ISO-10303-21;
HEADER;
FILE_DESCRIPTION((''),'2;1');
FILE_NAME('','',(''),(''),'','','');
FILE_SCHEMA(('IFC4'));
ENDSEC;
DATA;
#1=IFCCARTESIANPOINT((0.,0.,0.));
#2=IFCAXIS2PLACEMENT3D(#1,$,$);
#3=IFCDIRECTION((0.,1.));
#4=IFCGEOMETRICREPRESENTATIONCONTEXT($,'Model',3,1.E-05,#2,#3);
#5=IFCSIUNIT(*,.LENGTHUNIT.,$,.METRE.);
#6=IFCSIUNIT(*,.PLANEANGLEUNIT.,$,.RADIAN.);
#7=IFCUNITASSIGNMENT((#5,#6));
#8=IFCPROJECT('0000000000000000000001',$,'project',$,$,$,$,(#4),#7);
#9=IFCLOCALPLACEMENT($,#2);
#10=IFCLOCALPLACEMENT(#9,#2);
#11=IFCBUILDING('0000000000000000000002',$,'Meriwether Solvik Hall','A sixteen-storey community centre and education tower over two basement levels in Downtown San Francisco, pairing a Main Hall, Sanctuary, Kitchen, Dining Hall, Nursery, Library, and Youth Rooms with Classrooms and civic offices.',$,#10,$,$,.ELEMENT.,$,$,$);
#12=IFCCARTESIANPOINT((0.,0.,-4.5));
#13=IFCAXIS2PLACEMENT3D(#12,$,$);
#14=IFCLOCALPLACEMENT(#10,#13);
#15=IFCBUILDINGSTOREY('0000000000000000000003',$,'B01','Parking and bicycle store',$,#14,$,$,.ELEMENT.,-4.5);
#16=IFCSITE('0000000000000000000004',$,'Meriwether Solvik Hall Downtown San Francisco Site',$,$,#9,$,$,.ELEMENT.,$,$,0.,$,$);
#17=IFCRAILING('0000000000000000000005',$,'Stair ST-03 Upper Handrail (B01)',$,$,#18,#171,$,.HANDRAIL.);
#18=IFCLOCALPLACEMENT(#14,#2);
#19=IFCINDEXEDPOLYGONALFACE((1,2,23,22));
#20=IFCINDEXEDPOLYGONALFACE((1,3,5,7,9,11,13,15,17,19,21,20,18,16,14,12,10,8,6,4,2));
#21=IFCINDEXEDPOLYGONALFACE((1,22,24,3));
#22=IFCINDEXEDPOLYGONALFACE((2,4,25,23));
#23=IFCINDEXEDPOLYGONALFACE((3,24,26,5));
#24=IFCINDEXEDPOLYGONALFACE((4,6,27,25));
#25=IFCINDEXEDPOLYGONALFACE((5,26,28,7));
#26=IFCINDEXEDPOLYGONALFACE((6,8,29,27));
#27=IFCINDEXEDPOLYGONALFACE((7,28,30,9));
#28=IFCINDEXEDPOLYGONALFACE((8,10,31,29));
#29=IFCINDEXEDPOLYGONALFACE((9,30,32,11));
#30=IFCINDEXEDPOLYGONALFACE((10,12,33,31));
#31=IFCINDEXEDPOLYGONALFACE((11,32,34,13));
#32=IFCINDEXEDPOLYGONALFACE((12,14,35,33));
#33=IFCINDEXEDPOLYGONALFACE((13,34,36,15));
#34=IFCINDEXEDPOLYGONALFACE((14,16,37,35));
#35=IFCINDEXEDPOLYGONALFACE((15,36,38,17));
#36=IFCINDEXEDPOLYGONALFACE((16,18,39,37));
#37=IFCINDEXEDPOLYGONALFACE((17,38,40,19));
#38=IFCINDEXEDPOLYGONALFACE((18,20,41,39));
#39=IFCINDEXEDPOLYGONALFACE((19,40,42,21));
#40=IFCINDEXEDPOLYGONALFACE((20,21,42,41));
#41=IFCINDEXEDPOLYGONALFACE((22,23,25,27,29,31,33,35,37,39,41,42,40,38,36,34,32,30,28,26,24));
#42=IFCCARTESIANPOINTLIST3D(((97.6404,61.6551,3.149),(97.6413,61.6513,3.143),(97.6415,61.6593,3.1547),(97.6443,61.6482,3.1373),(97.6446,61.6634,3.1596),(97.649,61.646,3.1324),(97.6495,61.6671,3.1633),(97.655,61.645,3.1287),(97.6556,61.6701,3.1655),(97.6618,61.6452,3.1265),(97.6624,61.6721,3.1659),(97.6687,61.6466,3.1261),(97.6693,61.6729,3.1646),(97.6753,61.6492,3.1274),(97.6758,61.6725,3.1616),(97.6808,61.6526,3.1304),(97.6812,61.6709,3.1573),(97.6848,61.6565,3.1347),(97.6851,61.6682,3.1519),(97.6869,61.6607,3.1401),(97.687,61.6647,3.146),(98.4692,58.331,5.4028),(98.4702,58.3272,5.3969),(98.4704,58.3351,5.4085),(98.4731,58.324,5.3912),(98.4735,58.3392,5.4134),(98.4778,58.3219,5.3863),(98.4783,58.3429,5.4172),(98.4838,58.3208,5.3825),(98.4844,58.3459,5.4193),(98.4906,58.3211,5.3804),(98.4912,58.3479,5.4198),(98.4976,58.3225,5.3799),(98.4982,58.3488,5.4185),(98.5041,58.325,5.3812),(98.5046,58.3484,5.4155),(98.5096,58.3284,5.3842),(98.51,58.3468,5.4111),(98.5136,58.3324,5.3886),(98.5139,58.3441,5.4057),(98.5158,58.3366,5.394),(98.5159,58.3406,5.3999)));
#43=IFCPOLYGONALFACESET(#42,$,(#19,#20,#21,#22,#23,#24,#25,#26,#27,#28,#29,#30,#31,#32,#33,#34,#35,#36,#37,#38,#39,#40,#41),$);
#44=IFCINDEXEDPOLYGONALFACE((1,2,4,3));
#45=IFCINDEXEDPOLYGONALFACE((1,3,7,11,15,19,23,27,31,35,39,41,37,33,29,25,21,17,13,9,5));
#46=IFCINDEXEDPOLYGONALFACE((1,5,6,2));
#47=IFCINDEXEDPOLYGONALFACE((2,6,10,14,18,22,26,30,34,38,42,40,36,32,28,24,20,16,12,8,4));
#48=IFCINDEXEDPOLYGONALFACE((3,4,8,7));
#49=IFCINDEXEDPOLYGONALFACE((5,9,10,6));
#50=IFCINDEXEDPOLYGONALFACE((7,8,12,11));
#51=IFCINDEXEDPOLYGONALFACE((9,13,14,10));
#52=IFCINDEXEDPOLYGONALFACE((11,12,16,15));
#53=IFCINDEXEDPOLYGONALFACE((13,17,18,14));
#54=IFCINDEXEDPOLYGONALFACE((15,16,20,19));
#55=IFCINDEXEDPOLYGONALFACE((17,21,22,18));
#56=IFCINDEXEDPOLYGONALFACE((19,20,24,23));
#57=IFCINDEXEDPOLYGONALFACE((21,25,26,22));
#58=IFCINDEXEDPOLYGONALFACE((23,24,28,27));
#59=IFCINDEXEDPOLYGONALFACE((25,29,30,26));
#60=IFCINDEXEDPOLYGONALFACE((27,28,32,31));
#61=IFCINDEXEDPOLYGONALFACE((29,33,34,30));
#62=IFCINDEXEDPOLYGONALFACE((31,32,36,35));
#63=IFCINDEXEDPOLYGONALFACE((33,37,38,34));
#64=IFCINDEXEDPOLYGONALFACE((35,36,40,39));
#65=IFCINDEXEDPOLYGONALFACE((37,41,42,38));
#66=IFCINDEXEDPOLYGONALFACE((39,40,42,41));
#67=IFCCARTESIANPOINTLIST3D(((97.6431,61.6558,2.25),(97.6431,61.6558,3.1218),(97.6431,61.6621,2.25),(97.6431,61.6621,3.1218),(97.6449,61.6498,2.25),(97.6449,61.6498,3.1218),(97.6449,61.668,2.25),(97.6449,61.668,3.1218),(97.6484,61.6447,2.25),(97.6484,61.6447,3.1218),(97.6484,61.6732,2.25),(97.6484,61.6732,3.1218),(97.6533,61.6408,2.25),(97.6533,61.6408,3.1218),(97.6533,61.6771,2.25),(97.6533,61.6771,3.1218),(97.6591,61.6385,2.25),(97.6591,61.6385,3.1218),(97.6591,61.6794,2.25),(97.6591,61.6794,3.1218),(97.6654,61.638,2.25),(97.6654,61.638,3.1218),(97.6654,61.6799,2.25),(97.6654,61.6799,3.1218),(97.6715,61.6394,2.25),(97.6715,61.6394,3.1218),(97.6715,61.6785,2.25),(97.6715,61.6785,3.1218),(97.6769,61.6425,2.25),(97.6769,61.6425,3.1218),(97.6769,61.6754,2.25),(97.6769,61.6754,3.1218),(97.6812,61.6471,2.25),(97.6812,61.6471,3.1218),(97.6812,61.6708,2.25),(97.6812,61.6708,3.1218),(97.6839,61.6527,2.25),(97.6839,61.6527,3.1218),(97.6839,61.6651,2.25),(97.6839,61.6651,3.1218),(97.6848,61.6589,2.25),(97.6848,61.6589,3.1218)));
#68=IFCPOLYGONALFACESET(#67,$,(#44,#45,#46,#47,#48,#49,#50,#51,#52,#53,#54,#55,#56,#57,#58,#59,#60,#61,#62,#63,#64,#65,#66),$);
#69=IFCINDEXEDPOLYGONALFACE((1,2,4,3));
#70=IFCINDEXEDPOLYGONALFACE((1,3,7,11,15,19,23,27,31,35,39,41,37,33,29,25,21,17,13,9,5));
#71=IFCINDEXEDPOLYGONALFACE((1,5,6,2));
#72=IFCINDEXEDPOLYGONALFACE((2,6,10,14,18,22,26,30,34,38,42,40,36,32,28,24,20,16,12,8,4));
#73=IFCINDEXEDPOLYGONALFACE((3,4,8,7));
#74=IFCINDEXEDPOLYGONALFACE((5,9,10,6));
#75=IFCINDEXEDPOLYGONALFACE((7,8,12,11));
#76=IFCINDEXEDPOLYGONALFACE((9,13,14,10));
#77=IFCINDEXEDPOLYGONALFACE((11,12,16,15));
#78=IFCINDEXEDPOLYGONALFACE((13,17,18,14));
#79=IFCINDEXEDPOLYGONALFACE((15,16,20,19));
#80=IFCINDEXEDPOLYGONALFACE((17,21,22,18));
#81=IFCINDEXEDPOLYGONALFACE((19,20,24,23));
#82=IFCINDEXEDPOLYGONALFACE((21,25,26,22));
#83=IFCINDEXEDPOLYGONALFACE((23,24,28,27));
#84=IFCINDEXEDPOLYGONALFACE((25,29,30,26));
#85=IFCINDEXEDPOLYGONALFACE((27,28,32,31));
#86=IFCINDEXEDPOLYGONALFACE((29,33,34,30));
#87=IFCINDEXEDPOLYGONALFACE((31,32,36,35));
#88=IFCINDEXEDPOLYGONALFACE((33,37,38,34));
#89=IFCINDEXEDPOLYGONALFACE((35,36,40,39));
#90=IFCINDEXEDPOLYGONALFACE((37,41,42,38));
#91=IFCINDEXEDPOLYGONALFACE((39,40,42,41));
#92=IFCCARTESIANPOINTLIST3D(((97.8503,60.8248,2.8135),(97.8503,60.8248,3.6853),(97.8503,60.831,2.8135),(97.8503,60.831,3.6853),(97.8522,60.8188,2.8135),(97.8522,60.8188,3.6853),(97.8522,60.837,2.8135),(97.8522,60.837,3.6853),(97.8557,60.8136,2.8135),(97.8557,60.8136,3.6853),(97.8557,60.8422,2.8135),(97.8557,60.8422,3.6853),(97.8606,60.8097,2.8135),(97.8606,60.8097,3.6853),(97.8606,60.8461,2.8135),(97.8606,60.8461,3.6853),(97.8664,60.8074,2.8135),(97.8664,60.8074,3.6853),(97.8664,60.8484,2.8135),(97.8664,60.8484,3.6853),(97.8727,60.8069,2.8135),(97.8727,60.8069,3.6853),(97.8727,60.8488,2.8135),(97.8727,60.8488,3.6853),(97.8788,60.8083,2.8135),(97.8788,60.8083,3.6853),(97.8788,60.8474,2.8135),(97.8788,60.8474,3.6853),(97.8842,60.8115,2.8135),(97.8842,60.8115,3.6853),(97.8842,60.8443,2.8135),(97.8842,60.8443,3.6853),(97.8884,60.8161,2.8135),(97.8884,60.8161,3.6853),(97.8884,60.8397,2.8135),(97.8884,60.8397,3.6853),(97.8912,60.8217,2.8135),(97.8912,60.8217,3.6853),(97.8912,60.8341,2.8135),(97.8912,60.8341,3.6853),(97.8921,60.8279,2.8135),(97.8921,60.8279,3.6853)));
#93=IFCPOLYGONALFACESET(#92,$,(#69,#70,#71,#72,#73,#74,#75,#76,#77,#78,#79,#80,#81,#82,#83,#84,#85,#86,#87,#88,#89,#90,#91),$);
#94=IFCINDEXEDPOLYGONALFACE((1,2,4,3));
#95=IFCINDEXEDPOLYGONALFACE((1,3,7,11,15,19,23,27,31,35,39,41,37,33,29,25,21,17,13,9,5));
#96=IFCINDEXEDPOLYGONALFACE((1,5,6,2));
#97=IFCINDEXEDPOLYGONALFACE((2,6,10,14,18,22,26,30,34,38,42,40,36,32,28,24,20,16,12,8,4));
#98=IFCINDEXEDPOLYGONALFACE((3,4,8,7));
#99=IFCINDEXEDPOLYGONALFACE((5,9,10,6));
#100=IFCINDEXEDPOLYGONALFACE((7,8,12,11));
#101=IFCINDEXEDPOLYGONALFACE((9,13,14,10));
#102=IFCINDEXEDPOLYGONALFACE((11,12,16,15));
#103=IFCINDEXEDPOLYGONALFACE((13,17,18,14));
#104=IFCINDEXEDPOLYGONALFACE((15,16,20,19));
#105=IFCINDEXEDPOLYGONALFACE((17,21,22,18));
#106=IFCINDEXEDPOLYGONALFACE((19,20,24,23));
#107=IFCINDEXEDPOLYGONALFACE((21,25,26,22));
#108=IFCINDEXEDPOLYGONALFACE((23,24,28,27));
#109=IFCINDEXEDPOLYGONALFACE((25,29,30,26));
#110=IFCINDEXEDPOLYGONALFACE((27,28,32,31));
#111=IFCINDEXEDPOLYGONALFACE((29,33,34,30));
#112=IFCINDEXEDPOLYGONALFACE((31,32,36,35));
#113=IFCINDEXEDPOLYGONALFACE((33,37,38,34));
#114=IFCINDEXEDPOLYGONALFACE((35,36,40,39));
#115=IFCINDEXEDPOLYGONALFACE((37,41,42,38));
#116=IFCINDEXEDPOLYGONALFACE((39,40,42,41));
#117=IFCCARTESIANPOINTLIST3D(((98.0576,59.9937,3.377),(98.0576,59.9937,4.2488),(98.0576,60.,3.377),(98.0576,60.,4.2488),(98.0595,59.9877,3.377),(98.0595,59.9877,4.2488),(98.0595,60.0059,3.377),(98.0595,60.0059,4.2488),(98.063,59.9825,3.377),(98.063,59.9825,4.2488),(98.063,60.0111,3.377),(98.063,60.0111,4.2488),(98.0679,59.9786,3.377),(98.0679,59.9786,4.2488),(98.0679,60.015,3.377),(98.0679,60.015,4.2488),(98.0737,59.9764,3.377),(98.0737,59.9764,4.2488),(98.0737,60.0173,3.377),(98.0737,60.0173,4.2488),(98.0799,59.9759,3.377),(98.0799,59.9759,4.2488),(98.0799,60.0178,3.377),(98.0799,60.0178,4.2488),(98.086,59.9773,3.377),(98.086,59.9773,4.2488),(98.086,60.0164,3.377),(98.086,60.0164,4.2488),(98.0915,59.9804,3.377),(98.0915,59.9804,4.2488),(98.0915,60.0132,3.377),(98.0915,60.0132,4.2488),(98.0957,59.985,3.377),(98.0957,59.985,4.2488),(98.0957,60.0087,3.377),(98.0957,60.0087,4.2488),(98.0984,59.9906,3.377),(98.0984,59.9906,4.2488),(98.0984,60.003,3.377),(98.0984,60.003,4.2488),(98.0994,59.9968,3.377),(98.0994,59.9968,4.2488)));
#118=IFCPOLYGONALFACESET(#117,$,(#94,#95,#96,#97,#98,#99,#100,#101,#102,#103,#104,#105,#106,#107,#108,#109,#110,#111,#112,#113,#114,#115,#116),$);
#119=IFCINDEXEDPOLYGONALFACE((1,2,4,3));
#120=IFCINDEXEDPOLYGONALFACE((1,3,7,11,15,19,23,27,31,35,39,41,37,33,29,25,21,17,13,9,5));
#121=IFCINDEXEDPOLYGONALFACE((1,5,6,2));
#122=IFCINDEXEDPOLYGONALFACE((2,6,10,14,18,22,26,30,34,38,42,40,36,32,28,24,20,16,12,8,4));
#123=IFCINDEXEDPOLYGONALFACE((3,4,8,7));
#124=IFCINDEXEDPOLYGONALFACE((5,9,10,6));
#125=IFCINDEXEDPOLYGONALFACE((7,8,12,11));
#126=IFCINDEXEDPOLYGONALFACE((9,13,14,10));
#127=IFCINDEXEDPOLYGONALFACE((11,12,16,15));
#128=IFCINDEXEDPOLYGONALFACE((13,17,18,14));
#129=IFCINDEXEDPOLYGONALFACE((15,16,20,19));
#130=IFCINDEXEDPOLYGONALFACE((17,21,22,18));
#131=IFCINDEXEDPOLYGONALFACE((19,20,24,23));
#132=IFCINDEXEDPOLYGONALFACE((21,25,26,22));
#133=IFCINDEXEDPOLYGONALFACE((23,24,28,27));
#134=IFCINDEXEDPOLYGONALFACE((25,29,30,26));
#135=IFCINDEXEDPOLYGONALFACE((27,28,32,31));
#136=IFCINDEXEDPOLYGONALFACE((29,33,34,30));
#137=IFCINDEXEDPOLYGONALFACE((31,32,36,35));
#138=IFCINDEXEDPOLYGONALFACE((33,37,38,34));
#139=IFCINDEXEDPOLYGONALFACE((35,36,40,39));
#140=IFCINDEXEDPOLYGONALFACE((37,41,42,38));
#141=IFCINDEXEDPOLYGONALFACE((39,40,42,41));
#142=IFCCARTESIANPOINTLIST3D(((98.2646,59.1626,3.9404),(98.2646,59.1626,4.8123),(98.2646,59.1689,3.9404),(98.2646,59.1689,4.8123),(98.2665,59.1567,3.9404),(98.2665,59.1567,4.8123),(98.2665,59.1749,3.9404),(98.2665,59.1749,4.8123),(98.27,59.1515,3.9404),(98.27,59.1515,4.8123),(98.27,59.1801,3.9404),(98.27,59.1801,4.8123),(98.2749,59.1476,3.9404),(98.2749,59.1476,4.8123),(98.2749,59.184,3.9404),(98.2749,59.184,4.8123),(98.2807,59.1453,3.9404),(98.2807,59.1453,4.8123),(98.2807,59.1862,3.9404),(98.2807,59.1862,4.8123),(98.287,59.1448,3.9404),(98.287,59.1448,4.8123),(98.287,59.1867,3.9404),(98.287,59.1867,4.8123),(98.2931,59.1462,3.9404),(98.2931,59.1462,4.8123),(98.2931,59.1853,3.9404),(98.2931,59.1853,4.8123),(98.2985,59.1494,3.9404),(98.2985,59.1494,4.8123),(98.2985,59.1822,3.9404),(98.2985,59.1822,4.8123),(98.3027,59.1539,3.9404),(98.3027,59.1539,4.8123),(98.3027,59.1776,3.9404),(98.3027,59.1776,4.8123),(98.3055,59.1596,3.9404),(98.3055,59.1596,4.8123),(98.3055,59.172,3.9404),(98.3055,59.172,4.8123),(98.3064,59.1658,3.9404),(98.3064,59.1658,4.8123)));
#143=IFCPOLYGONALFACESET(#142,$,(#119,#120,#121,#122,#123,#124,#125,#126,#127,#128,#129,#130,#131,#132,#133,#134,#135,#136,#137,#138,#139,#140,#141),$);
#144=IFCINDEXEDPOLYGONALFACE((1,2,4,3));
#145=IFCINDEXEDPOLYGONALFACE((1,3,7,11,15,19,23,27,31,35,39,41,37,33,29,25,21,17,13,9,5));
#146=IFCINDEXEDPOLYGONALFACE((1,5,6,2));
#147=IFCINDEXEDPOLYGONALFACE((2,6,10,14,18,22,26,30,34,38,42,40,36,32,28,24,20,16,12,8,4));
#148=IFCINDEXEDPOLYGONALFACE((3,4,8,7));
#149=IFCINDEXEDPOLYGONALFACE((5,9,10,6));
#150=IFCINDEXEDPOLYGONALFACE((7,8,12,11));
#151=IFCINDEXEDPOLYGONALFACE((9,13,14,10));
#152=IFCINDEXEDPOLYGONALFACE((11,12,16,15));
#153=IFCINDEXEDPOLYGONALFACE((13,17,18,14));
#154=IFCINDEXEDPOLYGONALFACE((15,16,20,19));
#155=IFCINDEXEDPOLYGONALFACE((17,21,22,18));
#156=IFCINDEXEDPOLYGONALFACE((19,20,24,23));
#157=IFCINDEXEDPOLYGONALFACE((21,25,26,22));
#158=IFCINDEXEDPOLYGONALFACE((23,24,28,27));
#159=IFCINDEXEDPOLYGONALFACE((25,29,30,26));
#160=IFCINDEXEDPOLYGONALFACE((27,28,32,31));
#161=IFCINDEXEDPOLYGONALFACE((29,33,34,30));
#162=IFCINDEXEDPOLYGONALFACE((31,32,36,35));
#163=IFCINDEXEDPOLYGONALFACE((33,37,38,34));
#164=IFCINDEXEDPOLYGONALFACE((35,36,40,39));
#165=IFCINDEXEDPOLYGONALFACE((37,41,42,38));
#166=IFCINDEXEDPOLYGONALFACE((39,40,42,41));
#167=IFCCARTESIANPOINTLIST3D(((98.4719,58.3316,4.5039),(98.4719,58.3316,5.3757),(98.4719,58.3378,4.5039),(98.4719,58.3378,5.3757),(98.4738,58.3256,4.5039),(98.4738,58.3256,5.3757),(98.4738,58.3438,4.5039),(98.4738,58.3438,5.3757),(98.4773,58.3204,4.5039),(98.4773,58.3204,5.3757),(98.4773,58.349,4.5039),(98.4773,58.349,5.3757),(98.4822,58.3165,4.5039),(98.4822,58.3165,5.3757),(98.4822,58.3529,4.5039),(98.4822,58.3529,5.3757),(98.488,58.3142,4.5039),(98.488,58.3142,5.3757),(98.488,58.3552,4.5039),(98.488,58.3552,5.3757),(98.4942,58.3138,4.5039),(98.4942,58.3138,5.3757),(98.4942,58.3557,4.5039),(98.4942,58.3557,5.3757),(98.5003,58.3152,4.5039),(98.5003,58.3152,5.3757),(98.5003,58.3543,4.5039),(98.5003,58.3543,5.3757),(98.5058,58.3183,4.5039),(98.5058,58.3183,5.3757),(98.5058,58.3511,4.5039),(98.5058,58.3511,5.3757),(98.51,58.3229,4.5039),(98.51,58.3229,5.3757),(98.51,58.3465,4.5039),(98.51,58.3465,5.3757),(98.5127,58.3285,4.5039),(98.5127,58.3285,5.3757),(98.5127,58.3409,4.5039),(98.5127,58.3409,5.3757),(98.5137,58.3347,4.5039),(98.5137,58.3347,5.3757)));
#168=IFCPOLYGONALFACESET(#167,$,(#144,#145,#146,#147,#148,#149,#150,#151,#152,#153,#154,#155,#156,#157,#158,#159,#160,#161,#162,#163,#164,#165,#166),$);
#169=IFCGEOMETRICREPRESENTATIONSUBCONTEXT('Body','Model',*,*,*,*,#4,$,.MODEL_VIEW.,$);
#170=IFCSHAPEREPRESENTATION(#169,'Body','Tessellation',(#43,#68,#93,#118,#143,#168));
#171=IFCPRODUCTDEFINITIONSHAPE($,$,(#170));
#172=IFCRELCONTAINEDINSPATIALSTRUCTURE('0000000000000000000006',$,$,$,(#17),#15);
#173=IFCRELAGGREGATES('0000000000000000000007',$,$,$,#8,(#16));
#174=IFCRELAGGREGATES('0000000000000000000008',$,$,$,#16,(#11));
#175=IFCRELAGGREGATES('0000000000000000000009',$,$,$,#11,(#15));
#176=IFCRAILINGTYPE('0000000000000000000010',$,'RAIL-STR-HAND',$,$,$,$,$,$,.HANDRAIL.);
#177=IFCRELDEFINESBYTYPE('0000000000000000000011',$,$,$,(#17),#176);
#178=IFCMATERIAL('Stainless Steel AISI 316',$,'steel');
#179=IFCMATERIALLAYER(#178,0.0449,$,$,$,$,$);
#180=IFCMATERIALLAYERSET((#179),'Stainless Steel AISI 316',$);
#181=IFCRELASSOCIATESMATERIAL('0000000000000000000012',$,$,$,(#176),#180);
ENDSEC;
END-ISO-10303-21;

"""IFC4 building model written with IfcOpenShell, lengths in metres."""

from ifc_helpers import new_model, si_unit, direction, frame, origin, origin_2d, place, context, subcontext, project, spatial, circle, extrude, material, layer, layer_set, type_object, element, save


model = new_model("IFC4")

# Units and contexts
model_context = context("Model", 3, precision=1e-05, world=origin(), true_north=direction((0.0, 1.0)))
body_context = subcontext(model_context, "Body", "Model", "MODEL_VIEW")
ifc_project = project(units=[si_unit("LENGTHUNIT", "METRE"), si_unit("PLANEANGLEUNIT", "RADIAN")], contexts=[model_context])

# Site, building, storey
site_placement = place(None, origin())
site = spatial("IfcSite", under=ifc_project, at=site_placement, Name="Meriwether Solvik Hall Downtown San Francisco Site", CompositionType="ELEMENT", RefElevation=0.0)
building_placement = place(site_placement, origin())
building = spatial("IfcBuilding", under=site, at=building_placement, Name="Meriwether Solvik Hall", Description="A sixteen-storey community centre and education tower over two basement levels in Downtown San Francisco, pairing a Main Hall, Sanctuary, Kitchen, Dining Hall, Nursery, Library, and Youth Rooms with Classrooms and civic offices.", CompositionType="ELEMENT")
storey_placement = place(building_placement, frame((0.0, 0.0, -4.5)))
storey = spatial("IfcBuildingStorey", under=building, at=storey_placement, Name="B01", Description="Parking and bicycle store", CompositionType="ELEMENT", Elevation=-4.5)

# Railing
ifc_material_1 = material(Name="Stainless Steel AISI 316", Category="steel")
ifc_layer_1 = layer(ifc_material_1, 0.0449)
ifc_layer_set_1 = layer_set([ifc_layer_1], Name="Stainless Steel AISI 316")
railing_type_1 = type_object("IfcRailingType", Name="RAIL-STR-HAND", PredefinedType="HANDRAIL", material=ifc_layer_set_1)
for number, where, name in (
    (1, (97.6638, 61.6589, 2.25), "Stair ST-03 Upper Handrail (B01)"),
):
    element("IfcRailing", number, at=place(storey_placement, frame(where)), inside=storey, type_object=railing_type_1, Name=name, PredefinedType="HANDRAIL", context=body_context, shape_type="SweptSolid", body=[
        extrude(circle(Radius=0.0239, at=origin_2d()), frame((0.0, 0.0, 0.896), z_axis=(0.202115, -0.810604, 0.54961), x_axis=(0.970293, 0.241932, 0.0)), (0.0, 0.0, 1.0), 4.1008),
        extrude(circle(Radius=0.021, at=origin_2d()), origin(), (0.0, 0.0, 1.0), 0.8718),
        extrude(circle(Radius=0.021, at=origin_2d()), frame((0.2073, -0.8311, 0.5635)), (0.0, 0.0, 1.0), 0.8718),
        extrude(circle(Radius=0.021, at=origin_2d()), frame((0.4146, -1.6621, 1.127)), (0.0, 0.0, 1.0), 0.8718),
        extrude(circle(Radius=0.021, at=origin_2d()), frame((0.6216, -2.4932, 1.6904)), (0.0, 0.0, 1.0), 0.8718),
        extrude(circle(Radius=0.021, at=origin_2d()), frame((0.8289, -3.3242, 2.2539)), (0.0, 0.0, 1.0), 0.8718),
    ])

save(model, "model.ifc")
